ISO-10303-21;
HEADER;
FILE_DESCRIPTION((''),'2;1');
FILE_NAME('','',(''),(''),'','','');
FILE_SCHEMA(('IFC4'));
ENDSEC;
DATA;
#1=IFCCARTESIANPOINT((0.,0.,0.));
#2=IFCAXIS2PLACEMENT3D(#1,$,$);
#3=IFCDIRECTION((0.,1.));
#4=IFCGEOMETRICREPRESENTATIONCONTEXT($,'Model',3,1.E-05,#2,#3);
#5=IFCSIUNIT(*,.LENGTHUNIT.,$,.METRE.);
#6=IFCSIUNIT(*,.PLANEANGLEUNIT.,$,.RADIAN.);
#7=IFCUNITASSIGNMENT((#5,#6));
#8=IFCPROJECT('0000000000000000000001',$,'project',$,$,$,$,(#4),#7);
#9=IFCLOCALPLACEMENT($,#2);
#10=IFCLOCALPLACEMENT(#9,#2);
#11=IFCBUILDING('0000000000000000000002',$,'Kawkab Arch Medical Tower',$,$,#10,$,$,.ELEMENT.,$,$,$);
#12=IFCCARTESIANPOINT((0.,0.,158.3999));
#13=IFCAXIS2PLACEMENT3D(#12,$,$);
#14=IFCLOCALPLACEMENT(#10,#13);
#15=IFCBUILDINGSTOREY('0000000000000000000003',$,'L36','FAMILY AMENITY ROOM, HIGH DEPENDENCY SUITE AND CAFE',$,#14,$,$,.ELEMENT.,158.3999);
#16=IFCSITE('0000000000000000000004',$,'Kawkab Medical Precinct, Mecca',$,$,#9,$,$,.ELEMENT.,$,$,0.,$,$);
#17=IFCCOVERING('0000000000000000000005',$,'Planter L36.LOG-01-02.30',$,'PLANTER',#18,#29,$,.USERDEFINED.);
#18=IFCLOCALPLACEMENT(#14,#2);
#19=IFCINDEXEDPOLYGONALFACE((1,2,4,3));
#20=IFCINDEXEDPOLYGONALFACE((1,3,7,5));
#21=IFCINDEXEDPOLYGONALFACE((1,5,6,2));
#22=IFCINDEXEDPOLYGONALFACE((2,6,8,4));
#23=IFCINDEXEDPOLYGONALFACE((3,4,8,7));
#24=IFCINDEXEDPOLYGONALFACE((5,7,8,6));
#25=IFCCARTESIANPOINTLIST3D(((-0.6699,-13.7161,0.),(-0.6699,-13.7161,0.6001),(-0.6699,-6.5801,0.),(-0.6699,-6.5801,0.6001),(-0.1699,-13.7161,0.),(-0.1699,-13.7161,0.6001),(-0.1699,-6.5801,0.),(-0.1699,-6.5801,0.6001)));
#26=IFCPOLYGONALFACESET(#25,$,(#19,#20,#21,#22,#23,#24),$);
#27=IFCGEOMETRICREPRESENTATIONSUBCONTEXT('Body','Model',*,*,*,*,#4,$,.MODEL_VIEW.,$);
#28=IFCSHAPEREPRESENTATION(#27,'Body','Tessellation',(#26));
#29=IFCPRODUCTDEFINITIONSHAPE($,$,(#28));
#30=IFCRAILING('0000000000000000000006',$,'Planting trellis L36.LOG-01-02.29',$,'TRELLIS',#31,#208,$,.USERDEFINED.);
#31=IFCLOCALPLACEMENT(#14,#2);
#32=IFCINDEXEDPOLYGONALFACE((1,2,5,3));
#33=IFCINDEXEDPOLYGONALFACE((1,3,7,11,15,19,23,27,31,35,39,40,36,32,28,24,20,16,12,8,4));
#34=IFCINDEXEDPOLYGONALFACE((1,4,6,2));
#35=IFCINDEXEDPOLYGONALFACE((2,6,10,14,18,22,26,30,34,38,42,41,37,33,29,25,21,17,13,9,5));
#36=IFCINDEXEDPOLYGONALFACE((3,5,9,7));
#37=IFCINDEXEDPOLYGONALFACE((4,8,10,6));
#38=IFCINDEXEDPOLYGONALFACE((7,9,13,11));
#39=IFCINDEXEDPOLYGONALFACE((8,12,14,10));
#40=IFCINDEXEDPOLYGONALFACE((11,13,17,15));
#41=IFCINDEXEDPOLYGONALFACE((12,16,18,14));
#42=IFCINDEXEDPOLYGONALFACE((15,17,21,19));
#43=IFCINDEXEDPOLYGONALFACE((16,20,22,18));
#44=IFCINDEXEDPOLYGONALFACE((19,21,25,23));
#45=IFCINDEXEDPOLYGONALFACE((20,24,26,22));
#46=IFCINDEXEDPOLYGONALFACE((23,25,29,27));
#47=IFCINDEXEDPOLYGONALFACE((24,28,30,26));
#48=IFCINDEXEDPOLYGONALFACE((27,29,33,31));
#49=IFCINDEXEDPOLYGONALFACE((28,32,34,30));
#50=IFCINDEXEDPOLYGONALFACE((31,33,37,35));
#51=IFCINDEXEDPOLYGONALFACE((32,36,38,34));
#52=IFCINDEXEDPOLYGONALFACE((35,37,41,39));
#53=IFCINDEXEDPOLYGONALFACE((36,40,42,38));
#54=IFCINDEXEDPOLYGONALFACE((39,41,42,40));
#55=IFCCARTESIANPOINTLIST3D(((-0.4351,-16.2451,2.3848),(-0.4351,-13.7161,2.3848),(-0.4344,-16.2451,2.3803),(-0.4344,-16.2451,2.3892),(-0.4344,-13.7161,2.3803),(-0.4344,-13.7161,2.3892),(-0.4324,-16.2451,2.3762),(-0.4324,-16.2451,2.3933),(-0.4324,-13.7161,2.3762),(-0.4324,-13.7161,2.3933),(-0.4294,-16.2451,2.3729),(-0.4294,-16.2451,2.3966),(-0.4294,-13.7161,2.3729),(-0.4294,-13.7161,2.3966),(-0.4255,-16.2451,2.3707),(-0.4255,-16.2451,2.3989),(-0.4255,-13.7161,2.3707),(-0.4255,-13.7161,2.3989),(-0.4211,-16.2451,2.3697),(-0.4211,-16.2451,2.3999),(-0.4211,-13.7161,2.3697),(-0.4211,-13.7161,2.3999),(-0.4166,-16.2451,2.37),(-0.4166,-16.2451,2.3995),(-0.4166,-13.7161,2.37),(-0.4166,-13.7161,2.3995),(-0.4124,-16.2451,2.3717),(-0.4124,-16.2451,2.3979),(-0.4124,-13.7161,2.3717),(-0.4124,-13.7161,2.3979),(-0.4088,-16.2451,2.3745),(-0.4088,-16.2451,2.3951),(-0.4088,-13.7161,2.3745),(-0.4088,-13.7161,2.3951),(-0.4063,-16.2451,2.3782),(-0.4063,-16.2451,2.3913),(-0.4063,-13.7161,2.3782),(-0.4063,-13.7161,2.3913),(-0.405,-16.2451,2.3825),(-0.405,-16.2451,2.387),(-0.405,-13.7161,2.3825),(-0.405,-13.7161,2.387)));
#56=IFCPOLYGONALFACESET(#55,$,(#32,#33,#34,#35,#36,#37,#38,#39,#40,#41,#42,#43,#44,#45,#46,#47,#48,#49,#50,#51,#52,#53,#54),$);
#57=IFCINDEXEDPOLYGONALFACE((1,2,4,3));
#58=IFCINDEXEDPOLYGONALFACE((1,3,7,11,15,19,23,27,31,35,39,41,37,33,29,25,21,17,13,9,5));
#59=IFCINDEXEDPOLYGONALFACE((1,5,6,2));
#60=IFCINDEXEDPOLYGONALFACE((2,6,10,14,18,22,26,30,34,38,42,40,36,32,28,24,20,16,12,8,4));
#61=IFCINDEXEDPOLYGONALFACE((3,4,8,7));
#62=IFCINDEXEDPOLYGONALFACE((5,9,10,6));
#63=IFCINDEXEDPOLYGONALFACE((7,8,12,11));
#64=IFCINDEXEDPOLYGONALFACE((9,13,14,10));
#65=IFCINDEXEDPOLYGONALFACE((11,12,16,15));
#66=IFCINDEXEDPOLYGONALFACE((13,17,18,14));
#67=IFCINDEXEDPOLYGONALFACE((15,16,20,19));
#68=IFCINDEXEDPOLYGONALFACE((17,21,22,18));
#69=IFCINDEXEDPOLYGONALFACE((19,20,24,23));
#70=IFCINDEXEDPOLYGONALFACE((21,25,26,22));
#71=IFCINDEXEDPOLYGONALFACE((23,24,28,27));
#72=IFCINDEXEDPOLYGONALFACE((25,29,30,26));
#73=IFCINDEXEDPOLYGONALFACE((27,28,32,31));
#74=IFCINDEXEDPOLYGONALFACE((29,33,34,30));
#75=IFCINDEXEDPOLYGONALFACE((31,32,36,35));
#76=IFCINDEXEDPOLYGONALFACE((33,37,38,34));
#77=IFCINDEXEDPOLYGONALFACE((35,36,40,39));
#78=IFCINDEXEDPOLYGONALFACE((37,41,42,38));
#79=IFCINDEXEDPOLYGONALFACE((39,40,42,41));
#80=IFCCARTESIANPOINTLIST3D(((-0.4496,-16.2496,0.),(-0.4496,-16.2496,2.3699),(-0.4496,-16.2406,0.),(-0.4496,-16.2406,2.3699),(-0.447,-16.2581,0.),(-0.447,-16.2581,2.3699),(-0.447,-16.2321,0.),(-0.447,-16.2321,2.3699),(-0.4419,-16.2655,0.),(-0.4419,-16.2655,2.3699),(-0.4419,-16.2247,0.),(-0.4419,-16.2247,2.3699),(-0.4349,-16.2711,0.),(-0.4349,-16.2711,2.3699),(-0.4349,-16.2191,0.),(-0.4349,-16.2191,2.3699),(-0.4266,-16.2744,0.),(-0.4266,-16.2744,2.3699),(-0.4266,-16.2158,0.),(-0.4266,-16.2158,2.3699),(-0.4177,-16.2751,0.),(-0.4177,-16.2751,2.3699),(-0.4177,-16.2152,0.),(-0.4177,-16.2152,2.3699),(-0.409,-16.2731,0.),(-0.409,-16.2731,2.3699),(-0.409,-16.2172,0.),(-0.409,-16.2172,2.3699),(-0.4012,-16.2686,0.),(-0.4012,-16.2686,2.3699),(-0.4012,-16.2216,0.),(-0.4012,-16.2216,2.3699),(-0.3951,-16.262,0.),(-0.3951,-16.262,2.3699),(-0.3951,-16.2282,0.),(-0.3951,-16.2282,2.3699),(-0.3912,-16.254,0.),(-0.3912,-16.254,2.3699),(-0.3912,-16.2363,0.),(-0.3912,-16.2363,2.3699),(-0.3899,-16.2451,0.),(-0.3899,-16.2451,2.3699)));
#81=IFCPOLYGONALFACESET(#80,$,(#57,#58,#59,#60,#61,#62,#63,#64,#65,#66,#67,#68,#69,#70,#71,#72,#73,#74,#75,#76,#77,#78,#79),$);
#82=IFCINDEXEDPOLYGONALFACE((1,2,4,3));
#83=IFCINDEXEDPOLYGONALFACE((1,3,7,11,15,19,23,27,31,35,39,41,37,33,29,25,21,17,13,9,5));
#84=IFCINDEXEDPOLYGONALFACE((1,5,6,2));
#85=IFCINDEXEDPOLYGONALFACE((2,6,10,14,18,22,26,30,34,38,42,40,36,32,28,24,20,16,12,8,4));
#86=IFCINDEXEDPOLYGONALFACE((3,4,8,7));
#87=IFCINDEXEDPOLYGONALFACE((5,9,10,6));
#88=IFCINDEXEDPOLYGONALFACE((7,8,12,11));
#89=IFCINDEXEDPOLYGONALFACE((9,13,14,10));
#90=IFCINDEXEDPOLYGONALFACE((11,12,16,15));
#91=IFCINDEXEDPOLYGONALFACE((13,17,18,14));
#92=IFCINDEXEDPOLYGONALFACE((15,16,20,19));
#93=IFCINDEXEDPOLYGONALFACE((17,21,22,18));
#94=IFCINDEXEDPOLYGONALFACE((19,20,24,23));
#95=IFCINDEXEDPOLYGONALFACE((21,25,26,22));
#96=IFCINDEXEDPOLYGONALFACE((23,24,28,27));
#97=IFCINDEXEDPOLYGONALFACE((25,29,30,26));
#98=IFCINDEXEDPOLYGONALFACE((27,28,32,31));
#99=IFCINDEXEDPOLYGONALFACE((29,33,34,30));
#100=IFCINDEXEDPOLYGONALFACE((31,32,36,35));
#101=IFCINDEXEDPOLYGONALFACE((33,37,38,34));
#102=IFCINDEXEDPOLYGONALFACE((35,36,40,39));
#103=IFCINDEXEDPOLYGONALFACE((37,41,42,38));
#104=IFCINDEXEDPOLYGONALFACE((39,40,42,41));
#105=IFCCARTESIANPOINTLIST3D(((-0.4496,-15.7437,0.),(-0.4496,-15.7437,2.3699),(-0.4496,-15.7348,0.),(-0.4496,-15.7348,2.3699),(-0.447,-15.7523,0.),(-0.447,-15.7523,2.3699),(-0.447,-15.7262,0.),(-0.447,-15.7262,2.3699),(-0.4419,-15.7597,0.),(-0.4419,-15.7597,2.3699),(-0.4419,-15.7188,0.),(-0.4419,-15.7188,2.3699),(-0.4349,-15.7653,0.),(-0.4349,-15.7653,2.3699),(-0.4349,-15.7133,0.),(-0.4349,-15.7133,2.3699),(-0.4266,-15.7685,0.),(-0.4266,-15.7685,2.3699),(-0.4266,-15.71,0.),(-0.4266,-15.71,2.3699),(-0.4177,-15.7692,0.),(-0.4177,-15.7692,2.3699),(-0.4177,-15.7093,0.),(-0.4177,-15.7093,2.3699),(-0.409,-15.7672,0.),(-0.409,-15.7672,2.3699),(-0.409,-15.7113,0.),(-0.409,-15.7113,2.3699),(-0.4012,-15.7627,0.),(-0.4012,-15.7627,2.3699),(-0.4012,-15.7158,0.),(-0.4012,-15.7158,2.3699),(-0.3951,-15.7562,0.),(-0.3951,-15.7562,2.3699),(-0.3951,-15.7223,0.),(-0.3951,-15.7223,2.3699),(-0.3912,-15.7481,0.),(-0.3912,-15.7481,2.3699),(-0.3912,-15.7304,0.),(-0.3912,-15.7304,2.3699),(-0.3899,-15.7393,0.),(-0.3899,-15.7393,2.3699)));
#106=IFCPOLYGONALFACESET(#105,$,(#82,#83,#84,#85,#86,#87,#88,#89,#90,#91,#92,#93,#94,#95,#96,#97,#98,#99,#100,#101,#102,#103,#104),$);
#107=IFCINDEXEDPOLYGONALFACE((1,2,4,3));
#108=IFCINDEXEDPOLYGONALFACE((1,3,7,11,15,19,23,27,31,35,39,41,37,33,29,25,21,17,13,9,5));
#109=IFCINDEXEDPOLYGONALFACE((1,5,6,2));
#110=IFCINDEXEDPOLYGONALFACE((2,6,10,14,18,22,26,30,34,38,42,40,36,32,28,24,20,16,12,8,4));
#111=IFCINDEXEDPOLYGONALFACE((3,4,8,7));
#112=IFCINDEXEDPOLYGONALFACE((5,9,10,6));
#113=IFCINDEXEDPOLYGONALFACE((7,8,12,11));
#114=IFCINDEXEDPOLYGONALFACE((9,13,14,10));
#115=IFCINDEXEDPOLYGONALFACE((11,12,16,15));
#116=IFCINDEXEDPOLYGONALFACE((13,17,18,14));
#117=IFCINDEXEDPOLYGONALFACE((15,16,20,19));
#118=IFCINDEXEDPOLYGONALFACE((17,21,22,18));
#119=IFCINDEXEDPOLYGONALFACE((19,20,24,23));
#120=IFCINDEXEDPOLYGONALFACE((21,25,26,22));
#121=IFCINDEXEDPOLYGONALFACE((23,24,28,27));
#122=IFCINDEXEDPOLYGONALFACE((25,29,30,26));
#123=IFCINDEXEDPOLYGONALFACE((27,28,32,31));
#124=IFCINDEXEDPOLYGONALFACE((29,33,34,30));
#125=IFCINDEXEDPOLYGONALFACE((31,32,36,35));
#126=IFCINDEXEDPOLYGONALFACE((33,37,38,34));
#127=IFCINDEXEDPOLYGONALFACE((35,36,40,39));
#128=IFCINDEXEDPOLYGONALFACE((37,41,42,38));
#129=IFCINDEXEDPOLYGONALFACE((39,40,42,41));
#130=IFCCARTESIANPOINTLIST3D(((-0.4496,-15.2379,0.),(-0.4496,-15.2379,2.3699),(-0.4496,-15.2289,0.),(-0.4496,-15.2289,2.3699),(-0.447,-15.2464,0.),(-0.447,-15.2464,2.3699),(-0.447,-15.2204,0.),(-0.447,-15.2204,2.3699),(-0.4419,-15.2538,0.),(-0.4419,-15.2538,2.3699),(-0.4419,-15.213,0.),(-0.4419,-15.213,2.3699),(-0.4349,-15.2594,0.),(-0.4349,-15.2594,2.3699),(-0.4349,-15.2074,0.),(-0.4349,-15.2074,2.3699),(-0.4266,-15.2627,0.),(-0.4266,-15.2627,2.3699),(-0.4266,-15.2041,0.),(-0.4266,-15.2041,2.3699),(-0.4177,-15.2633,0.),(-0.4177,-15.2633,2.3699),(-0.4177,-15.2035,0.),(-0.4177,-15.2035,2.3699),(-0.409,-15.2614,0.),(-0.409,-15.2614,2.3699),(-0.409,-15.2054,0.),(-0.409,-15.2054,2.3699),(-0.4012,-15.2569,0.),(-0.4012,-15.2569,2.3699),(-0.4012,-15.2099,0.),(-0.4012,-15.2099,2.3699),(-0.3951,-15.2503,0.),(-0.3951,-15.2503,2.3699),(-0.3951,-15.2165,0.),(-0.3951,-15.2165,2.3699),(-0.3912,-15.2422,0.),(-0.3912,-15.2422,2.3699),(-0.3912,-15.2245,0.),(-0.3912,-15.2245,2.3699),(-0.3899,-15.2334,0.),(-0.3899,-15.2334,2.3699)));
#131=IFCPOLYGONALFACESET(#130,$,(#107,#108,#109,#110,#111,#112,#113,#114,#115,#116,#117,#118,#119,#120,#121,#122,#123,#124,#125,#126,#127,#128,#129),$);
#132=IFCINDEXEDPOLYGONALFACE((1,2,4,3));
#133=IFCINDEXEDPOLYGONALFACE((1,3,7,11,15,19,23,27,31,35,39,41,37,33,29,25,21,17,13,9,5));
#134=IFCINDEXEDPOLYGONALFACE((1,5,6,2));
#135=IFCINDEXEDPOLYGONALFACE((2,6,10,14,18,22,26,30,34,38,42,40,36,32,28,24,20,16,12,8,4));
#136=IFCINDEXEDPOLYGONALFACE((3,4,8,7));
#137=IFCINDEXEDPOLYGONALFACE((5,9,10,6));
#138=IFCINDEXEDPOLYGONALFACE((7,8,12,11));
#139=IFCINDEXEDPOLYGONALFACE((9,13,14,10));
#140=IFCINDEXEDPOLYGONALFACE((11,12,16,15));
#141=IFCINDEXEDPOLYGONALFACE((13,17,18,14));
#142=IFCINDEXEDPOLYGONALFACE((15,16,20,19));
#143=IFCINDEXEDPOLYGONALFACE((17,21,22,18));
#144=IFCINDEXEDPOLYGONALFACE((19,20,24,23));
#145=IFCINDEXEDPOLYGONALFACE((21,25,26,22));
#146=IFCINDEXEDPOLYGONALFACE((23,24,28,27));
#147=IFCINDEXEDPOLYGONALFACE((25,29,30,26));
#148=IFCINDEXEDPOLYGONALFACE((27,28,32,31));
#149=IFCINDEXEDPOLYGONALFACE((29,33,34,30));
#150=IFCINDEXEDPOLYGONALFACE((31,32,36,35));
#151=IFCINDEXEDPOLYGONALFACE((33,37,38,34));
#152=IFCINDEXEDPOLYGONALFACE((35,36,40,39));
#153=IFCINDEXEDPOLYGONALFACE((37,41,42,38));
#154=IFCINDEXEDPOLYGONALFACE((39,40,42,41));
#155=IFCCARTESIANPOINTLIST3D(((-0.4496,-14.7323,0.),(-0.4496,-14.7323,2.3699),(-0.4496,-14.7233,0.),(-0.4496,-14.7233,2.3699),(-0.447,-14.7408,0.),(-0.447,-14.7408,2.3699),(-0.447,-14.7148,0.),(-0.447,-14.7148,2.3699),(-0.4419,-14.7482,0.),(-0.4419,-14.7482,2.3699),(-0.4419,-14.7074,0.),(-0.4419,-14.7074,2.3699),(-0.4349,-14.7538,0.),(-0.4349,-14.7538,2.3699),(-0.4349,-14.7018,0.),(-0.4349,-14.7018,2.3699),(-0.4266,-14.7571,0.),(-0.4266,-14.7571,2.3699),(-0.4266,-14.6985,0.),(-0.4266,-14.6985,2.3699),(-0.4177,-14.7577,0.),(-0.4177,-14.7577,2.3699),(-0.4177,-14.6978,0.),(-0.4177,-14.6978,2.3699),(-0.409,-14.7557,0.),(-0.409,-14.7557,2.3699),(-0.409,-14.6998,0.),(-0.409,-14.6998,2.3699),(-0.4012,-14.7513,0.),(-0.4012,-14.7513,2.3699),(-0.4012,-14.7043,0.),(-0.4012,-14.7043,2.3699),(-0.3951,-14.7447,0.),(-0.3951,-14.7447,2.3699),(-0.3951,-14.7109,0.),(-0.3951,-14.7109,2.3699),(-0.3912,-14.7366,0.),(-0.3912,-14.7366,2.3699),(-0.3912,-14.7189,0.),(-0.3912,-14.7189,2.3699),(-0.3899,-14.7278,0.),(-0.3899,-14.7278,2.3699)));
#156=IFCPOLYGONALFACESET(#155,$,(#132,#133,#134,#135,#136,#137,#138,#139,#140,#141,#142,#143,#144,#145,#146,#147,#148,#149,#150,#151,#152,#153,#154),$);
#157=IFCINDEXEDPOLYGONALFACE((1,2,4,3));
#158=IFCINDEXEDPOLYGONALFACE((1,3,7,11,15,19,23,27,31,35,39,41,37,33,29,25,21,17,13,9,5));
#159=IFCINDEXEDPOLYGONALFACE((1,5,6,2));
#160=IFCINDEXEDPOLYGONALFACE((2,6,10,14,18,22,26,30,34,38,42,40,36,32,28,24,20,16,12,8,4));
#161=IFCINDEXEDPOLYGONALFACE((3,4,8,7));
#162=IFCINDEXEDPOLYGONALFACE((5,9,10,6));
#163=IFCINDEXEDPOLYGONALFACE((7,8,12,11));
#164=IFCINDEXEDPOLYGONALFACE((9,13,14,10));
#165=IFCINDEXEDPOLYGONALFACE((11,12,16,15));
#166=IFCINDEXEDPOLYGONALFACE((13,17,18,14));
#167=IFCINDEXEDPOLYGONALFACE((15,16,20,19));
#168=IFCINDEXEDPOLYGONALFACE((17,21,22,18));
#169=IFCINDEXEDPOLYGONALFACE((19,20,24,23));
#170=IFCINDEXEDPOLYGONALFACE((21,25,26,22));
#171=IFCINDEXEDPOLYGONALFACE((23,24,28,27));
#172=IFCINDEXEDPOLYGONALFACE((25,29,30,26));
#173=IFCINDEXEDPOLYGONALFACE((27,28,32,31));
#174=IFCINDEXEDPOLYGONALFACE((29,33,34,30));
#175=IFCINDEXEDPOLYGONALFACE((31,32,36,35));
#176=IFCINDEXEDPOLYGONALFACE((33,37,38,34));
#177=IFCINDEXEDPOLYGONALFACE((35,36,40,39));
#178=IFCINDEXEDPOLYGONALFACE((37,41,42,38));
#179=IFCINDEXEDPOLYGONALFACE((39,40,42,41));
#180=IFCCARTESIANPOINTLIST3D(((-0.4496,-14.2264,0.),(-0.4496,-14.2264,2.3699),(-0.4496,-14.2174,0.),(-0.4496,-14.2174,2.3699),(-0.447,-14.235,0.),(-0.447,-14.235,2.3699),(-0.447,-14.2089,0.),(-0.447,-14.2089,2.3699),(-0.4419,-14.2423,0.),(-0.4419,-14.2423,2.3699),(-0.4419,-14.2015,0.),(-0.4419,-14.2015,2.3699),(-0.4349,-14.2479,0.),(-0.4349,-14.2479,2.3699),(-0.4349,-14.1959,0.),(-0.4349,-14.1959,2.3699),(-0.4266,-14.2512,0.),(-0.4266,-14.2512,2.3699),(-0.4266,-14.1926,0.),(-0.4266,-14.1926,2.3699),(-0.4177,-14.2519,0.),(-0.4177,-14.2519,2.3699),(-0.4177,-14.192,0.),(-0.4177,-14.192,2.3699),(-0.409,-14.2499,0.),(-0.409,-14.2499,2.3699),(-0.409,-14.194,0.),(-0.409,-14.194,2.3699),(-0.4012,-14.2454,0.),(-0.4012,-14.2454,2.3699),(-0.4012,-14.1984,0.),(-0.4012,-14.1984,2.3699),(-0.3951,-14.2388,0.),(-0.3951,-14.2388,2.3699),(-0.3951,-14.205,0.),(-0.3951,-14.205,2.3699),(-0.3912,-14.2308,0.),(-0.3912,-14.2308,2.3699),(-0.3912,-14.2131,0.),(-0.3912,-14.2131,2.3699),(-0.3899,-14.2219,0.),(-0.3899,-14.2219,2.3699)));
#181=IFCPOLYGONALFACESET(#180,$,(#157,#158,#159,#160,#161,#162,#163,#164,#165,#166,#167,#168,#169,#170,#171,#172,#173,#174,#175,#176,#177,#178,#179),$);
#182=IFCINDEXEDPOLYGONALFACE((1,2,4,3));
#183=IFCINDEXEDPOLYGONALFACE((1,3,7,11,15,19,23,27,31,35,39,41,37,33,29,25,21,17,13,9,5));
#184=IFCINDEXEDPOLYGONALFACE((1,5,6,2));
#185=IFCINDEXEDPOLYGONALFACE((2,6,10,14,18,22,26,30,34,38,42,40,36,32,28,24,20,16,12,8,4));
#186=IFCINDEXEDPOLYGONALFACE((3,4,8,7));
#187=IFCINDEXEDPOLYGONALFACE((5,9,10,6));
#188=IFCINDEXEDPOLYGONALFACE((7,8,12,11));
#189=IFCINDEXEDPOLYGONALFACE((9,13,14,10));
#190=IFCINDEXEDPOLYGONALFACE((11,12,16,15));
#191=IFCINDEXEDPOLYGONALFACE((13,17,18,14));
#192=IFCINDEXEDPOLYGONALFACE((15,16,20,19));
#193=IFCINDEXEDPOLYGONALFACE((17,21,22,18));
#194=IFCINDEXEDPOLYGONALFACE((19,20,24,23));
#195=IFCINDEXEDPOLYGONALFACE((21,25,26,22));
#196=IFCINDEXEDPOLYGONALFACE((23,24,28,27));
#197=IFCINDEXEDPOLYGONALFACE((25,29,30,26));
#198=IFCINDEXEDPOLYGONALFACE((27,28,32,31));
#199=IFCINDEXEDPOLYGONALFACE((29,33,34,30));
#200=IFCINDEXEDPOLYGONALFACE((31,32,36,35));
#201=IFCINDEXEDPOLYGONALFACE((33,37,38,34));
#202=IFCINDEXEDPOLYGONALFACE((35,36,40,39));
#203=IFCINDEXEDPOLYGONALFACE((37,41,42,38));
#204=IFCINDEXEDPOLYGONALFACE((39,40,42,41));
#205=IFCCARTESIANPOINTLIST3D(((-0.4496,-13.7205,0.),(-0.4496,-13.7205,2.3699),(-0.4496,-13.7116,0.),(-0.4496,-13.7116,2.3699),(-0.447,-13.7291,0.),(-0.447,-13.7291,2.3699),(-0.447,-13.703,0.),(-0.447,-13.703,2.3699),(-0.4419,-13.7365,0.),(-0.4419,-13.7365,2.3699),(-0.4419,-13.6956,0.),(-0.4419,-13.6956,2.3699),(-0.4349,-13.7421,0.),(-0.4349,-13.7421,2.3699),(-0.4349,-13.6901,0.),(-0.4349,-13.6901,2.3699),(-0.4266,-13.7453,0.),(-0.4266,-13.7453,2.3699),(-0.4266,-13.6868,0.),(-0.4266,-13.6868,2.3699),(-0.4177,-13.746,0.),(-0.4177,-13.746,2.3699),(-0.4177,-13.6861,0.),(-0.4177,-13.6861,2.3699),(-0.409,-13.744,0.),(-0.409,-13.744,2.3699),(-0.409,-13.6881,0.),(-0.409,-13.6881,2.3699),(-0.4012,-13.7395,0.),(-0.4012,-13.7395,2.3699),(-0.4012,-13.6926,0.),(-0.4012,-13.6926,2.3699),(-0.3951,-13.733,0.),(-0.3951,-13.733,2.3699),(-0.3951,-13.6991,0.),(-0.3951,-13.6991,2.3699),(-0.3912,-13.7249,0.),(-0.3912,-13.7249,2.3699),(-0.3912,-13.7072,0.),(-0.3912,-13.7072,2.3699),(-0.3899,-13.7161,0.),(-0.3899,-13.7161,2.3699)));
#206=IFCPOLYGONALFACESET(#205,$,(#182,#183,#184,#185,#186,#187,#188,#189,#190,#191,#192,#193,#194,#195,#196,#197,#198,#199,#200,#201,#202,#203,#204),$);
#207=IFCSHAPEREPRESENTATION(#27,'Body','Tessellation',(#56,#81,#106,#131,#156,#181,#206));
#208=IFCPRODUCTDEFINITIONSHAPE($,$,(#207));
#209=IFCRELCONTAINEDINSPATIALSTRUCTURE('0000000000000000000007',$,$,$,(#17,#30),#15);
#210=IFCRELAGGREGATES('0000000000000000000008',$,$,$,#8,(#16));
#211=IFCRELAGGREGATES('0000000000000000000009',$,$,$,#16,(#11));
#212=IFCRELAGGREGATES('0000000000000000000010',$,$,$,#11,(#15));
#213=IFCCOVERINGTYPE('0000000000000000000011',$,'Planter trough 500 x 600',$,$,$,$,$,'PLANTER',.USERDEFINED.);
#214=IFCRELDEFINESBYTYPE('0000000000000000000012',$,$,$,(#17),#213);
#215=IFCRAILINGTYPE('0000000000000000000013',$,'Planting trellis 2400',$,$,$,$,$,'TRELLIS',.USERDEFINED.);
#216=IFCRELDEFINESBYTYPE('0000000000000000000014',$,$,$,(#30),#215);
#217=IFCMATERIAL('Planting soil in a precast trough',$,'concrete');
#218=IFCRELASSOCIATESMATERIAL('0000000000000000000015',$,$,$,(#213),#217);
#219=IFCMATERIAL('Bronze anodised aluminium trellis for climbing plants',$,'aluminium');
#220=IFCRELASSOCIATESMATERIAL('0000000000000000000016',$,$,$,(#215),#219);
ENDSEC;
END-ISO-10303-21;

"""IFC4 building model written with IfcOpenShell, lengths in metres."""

from ifc_helpers import new_model, si_unit, direction, frame, origin, origin_2d, place, context, subcontext, project, spatial, rectangle, circle, extrude, material, material_profile, profile_set, type_object, element, save


model = new_model("IFC4")

# Units and contexts
model_context = context("Model", 3, precision=1e-05, world=origin(), true_north=direction((0.0, 1.0)))
body_context = subcontext(model_context, "Body", "Model", "MODEL_VIEW")
ifc_project = project(units=[si_unit("LENGTHUNIT", "METRE"), si_unit("PLANEANGLEUNIT", "RADIAN")], contexts=[model_context])

# Site, building, storey
site_placement = place(None, origin())
site = spatial("IfcSite", under=ifc_project, at=site_placement, Name="Kawkab Medical Precinct, Mecca", CompositionType="ELEMENT", RefElevation=0.0)
building_placement = place(site_placement, origin())
building = spatial("IfcBuilding", under=site, at=building_placement, Name="Kawkab Arch Medical Tower", CompositionType="ELEMENT")
storey_placement = place(building_placement, frame((0.0, 0.0, 158.3999)))
storey = spatial("IfcBuildingStorey", under=building, at=storey_placement, Name="L36", Description="FAMILY AMENITY ROOM, HIGH DEPENDENCY SUITE AND CAFE", CompositionType="ELEMENT", Elevation=158.3999)

# Covering
ifc_material_1 = material(Name="Planting soil in a precast trough", Category="concrete")
ifc_material_profile_1 = material_profile(ifc_material_1, rectangle(XDim=0.5, YDim=0.6001, at=origin_2d()), Name="Trough 500x600")
ifc_profile_set_1 = profile_set([ifc_material_profile_1], Name="Planting soil in a precast trough")
covering_type_1 = type_object("IfcCoveringType", Name="Planter trough 500 x 600", ElementType="PLANTER", PredefinedType="USERDEFINED", material=ifc_profile_set_1)
covering_1_placement = place(storey_placement, frame((-0.4199, -13.7161, 0.3), z_axis=(0.0, 1.0, 0.0), x_axis=(-1.0, 0.0, 0.0)))
element("IfcCovering", 1, at=covering_1_placement, inside=storey, type_object=covering_type_1, Name="Planter L36.LOG-01-02.30", ObjectType="PLANTER", PredefinedType="USERDEFINED", context=body_context, shape_type="SweptSolid", body=[
    extrude(rectangle(XDim=0.5, YDim=0.6001, at=origin_2d()), origin(), (0.0, 0.0, 1.0), 7.136),
])

# Railing
ifc_material_2 = material(Name="Bronze anodised aluminium trellis for climbing plants", Category="aluminium")
railing_type_1 = type_object("IfcRailingType", Name="Planting trellis 2400", ElementType="TRELLIS", PredefinedType="USERDEFINED", material=ifc_material_2)
railing_1_placement = place(storey_placement, frame((-0.4199, -16.2451, 0.0)))
element("IfcRailing", 2, at=railing_1_placement, inside=storey, type_object=railing_type_1, Name="Planting trellis L36.LOG-01-02.29", ObjectType="TRELLIS", PredefinedType="USERDEFINED", context=body_context, shape_type="SweptSolid", body=[
    extrude(circle(Radius=0.0151, at=origin_2d()), frame((0.0, 0.0, 2.3848), z_axis=(0.0, 1.0, 0.0), x_axis=(-1.0, 0.0, 0.0)), (0.0, 0.0, 1.0), 2.5291),
    extrude(circle(Radius=0.03, at=origin_2d()), origin(), (0.0, 0.0, 1.0), 2.3699),
    extrude(circle(Radius=0.03, at=origin_2d()), frame((0.0, 0.5059, 0.0)), (0.0, 0.0, 1.0), 2.3699),
    extrude(circle(Radius=0.03, at=origin_2d()), frame((0.0, 1.0117, 0.0)), (0.0, 0.0, 1.0), 2.3699),
    extrude(circle(Radius=0.03, at=origin_2d()), frame((0.0, 1.5173, 0.0)), (0.0, 0.0, 1.0), 2.3699),
    extrude(circle(Radius=0.03, at=origin_2d()), frame((0.0, 2.0232, 0.0)), (0.0, 0.0, 1.0), 2.3699),
    extrude(circle(Radius=0.03, at=origin_2d()), frame((0.0, 2.5291, 0.0)), (0.0, 0.0, 1.0), 2.3699),
])

save(model, "model.ifc")
